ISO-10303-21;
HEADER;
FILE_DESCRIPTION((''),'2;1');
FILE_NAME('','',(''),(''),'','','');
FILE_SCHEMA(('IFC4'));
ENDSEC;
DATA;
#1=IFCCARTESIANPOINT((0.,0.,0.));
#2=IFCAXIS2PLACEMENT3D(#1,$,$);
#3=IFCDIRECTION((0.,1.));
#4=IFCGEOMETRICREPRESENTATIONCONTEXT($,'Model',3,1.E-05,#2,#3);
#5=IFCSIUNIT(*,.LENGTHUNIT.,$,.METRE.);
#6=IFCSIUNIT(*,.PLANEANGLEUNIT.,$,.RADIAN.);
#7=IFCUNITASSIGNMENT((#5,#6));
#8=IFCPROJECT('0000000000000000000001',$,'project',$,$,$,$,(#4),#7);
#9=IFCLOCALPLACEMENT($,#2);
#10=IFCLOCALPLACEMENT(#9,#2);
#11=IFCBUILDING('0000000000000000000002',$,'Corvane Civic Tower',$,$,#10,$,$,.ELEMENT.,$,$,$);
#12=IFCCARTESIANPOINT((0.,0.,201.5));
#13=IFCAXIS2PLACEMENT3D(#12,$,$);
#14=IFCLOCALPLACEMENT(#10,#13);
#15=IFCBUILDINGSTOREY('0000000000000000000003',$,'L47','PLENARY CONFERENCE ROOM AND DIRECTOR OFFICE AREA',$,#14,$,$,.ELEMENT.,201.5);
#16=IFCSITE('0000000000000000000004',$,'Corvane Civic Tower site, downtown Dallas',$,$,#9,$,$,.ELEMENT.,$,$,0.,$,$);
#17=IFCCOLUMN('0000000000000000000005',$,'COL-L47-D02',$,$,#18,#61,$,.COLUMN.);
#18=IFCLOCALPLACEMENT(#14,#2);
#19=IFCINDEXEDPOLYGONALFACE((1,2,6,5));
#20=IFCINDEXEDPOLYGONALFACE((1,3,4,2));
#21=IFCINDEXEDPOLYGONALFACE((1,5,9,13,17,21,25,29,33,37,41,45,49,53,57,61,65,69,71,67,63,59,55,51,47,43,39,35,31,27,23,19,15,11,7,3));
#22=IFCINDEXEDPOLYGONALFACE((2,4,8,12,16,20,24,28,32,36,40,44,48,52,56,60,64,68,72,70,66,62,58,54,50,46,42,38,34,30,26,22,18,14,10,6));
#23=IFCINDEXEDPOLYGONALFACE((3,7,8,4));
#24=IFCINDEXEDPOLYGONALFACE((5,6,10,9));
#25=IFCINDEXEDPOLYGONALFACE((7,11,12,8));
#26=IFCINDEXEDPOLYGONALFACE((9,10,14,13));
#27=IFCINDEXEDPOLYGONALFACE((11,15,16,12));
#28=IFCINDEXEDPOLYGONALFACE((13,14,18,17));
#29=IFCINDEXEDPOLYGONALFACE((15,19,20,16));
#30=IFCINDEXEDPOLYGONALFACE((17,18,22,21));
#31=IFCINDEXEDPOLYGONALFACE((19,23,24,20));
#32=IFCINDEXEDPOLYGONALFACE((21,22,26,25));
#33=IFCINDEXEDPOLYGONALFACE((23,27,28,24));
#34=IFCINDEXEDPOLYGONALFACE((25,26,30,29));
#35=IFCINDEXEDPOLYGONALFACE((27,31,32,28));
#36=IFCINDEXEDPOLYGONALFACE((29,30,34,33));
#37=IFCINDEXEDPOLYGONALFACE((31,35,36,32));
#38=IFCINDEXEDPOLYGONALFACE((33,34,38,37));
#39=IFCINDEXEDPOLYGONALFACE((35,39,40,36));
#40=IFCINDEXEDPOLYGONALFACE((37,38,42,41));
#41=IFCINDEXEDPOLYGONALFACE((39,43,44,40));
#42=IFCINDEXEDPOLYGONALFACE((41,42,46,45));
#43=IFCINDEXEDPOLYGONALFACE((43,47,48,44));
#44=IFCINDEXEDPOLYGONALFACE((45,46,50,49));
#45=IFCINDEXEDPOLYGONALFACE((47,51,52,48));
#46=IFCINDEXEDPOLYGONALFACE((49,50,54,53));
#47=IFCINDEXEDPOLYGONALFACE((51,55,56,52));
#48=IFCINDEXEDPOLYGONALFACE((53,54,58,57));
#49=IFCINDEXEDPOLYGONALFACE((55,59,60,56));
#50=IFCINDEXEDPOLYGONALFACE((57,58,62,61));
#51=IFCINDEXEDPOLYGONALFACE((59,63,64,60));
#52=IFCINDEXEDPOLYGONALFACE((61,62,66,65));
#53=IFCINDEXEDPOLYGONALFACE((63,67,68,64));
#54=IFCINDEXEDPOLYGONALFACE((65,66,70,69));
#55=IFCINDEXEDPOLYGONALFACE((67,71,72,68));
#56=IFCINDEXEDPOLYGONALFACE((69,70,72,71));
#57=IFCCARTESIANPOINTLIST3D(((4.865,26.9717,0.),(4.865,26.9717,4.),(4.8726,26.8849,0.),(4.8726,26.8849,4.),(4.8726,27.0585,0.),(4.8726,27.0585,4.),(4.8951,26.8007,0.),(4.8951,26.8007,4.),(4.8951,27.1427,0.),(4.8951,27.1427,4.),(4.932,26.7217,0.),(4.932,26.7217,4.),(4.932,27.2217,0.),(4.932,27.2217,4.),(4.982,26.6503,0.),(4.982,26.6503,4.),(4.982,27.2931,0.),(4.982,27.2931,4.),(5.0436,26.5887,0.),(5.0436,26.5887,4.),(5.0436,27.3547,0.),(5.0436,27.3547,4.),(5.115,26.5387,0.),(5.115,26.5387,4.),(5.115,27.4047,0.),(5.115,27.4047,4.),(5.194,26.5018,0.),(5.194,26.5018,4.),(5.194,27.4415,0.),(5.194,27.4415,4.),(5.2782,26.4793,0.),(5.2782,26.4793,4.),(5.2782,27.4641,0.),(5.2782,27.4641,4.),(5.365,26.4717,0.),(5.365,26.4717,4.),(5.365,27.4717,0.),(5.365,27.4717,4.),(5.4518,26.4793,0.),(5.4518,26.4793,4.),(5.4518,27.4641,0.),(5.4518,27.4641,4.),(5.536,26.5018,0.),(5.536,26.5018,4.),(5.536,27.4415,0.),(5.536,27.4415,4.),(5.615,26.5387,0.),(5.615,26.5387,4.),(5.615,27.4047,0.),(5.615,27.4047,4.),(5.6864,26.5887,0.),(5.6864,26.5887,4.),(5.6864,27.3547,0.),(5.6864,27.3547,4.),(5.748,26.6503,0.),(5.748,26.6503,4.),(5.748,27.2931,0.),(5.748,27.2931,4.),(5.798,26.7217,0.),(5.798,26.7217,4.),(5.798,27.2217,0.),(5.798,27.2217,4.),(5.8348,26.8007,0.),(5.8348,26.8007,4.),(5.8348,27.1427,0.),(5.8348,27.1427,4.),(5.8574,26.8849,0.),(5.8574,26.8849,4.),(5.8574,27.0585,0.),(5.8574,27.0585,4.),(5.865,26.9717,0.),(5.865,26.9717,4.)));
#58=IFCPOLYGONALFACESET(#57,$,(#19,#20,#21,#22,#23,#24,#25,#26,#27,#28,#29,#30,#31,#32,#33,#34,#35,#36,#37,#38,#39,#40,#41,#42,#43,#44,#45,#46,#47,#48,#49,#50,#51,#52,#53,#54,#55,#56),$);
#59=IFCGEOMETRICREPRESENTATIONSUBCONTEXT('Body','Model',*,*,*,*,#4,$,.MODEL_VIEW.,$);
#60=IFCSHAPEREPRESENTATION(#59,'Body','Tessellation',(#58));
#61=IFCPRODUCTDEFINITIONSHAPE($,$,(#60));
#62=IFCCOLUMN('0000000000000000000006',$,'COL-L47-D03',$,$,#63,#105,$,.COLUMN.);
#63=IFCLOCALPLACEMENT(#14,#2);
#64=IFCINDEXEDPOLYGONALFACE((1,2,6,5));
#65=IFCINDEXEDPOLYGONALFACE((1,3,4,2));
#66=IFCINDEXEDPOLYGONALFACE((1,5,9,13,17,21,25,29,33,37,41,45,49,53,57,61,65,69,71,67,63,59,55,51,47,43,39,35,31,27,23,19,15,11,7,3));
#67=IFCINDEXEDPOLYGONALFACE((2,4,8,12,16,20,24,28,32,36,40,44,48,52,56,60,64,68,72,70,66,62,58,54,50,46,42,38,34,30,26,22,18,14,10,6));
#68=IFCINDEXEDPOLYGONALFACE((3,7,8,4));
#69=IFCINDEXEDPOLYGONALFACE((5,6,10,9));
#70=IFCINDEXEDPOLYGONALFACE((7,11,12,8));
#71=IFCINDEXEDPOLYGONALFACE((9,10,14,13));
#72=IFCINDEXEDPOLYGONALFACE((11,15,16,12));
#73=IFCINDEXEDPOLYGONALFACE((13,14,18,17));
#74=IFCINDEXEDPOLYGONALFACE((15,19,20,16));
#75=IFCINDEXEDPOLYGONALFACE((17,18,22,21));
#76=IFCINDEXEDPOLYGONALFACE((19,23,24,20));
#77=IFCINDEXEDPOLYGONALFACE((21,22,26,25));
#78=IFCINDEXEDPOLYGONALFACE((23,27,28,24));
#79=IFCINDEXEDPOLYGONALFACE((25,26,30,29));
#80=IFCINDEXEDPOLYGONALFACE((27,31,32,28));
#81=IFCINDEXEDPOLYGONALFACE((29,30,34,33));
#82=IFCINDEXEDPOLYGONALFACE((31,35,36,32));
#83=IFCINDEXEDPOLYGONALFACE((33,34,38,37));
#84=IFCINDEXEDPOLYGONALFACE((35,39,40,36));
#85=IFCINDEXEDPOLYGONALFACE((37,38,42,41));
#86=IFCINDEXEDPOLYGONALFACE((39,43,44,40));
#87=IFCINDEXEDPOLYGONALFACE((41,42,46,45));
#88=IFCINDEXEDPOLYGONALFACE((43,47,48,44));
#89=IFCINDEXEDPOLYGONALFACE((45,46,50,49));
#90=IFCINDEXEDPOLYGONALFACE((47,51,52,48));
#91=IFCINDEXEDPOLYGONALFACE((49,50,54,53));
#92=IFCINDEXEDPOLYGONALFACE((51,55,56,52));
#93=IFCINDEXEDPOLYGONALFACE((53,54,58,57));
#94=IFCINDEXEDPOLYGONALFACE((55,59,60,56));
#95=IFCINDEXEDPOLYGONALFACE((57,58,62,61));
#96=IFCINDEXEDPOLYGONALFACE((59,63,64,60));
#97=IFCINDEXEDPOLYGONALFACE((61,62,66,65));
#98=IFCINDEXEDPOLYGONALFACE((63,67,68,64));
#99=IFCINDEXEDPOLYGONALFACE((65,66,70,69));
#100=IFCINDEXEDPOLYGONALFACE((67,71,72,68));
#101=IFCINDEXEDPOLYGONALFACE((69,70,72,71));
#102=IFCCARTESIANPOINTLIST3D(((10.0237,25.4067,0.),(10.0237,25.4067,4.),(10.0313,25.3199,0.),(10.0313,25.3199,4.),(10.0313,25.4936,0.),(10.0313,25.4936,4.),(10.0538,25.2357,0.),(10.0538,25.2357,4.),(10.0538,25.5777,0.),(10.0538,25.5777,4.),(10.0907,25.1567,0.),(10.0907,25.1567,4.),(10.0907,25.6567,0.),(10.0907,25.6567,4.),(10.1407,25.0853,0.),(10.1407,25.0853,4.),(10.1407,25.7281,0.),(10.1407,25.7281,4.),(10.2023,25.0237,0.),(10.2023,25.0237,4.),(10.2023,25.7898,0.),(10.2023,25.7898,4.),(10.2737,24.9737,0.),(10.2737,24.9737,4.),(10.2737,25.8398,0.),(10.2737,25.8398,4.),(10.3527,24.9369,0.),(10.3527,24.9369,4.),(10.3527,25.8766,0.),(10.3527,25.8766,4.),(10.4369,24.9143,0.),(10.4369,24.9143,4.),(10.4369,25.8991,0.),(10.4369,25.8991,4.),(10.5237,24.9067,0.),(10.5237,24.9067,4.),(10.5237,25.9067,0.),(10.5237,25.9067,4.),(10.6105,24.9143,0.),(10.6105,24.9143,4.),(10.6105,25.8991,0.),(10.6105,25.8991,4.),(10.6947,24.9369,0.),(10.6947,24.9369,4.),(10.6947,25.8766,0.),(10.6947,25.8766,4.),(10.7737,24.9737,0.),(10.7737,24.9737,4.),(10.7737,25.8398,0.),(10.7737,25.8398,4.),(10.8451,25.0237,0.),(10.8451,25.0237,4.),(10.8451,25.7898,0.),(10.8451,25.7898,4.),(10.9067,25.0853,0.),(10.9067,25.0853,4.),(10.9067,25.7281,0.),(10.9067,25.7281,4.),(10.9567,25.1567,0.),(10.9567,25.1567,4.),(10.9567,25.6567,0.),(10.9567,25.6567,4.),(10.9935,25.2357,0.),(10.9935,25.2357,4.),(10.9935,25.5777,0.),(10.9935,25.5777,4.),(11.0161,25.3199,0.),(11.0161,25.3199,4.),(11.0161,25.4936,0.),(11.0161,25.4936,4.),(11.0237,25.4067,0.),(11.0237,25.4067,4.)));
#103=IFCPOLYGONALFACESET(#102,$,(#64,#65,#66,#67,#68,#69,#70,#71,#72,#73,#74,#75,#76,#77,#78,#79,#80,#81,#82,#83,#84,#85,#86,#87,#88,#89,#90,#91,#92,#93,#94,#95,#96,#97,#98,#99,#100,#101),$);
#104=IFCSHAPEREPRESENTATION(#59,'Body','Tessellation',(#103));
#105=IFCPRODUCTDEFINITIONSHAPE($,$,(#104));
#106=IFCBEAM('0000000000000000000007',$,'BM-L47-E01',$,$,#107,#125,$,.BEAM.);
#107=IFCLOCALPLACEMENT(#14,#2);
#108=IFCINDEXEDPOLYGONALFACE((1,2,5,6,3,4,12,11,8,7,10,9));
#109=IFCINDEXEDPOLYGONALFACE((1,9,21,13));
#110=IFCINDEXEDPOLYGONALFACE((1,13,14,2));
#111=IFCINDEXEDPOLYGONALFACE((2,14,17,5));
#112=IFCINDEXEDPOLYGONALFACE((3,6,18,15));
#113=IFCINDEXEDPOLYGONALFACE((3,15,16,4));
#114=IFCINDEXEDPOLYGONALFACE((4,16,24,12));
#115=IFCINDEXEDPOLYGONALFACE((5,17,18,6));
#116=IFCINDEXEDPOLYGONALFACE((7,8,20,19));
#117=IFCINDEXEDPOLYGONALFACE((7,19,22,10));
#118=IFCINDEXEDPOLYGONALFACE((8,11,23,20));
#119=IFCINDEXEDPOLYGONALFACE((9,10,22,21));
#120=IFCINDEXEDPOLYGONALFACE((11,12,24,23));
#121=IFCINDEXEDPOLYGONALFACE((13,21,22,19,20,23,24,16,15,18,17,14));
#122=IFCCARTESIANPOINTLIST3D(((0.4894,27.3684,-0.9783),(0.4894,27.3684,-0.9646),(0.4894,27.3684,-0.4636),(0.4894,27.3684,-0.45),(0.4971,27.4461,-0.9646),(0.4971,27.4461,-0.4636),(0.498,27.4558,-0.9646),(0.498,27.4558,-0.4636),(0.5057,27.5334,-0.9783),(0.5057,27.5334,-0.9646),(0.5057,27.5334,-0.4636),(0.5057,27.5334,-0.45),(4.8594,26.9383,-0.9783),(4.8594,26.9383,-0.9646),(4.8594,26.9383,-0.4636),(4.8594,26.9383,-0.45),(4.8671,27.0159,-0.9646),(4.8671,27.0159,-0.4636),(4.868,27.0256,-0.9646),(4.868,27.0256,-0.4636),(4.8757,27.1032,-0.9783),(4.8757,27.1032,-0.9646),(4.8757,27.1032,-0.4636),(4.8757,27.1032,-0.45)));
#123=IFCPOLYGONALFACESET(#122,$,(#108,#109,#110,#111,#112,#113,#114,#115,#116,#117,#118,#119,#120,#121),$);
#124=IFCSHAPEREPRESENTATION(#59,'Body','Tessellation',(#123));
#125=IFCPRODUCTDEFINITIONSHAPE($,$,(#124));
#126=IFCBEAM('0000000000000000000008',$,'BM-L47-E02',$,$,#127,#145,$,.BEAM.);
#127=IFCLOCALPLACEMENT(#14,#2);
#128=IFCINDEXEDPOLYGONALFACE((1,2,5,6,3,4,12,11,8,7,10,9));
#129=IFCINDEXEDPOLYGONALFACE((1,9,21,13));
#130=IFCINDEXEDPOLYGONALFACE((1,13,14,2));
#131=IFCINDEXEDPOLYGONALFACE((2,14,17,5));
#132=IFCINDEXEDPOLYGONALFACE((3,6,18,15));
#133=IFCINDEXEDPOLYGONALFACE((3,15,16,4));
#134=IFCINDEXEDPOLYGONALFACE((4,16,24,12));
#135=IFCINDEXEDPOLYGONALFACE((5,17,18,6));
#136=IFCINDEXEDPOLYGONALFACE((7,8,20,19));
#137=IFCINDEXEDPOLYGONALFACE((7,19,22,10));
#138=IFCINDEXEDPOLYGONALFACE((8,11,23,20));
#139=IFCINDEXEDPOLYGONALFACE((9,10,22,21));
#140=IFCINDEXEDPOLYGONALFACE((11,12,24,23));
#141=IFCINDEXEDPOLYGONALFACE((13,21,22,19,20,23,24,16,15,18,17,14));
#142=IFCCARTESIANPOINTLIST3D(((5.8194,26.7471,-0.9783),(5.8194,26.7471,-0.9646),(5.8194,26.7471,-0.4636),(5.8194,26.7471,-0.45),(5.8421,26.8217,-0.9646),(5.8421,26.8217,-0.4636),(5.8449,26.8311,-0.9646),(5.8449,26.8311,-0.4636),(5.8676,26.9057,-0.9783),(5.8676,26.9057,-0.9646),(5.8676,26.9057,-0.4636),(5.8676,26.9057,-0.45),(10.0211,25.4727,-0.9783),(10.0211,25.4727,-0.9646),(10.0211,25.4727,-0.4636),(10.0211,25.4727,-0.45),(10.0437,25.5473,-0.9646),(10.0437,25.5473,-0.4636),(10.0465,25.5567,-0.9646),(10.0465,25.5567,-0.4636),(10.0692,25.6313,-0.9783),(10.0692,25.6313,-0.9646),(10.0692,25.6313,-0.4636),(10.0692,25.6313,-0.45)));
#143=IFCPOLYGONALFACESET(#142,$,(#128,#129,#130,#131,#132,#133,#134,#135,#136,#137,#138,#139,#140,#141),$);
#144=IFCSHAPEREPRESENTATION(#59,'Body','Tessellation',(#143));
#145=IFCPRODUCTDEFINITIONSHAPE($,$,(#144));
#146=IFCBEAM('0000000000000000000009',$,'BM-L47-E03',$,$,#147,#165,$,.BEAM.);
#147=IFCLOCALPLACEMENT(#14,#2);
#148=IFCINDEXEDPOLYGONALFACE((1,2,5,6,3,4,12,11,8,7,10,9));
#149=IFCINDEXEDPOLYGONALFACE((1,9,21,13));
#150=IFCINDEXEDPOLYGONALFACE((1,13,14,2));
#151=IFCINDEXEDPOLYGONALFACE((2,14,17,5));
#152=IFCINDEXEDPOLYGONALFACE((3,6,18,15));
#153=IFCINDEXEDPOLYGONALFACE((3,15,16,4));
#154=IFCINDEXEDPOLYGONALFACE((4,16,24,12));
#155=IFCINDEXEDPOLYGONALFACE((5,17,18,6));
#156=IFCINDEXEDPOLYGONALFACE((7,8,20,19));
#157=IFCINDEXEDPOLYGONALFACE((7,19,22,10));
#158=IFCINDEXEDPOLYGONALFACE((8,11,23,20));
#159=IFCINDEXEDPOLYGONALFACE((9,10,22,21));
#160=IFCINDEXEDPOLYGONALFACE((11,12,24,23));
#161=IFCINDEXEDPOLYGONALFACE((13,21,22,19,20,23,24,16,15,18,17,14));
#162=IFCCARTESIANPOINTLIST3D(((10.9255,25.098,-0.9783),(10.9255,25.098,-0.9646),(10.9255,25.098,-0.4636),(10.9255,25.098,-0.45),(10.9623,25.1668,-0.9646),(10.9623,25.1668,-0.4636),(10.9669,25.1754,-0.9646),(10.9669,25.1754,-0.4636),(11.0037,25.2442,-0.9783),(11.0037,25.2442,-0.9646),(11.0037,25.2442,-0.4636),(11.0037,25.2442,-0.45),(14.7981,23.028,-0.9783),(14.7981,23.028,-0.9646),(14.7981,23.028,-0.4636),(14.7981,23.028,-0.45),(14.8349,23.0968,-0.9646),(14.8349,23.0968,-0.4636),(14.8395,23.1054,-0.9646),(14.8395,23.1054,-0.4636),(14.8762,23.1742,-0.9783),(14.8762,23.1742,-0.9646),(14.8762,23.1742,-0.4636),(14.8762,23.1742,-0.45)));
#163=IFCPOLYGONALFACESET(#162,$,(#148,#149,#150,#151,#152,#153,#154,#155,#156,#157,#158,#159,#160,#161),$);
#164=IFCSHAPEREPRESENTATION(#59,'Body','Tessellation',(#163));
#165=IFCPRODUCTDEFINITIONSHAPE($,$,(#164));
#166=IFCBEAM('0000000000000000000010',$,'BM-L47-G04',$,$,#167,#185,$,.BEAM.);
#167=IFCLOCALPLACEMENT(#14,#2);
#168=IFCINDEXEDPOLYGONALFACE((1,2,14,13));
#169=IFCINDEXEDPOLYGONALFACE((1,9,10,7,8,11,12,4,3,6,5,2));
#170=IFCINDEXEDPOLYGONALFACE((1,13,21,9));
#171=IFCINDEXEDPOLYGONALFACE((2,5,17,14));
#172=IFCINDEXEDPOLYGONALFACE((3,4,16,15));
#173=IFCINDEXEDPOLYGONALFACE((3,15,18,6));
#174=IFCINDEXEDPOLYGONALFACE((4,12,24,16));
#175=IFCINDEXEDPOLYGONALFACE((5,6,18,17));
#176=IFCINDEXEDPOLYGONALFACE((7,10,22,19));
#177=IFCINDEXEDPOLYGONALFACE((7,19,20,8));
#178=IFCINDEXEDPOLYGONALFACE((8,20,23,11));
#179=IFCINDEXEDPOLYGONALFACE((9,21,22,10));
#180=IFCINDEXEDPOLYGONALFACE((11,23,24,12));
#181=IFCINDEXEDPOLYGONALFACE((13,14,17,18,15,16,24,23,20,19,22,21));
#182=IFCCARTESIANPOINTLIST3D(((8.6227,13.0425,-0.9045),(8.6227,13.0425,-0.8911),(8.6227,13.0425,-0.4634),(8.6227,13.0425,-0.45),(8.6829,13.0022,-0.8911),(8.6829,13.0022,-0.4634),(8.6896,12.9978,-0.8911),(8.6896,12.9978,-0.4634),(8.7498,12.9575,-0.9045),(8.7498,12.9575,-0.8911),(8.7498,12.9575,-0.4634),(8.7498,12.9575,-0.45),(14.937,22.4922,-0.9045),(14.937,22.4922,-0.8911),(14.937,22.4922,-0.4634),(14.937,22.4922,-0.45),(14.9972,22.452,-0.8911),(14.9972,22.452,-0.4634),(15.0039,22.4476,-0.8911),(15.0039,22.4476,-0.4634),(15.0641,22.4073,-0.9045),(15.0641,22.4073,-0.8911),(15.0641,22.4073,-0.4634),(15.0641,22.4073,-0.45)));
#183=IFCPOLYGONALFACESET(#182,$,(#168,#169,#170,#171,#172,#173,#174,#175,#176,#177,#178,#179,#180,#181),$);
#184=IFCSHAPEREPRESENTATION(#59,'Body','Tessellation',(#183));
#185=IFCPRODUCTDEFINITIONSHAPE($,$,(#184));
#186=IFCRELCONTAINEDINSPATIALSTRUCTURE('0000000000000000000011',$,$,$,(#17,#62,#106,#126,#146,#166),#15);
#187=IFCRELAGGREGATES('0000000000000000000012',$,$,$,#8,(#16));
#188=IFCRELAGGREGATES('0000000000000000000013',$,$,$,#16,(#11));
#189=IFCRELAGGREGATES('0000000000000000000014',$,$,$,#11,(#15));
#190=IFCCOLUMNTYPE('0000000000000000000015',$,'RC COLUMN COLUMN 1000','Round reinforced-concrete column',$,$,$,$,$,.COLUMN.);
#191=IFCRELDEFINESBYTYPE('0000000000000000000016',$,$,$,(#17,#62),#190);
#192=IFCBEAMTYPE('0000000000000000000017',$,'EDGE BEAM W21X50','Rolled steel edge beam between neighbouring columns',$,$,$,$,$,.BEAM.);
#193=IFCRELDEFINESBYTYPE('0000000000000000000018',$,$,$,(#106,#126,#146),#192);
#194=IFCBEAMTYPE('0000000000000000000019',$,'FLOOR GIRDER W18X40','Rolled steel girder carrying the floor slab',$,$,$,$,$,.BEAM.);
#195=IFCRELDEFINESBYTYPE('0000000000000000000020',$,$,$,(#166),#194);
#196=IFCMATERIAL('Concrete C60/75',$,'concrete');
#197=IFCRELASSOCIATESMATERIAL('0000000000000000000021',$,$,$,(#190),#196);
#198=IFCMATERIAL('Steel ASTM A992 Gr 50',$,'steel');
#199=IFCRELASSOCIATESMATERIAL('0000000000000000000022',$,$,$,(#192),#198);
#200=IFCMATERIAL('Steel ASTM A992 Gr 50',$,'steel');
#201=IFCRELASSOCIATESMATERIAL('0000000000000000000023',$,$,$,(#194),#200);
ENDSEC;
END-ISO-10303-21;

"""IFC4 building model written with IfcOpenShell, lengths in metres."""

from ifc_helpers import new_model, si_unit, direction, frame, origin, origin_2d, place, context, subcontext, project, spatial, circle, i_section, extrude, material, material_profile, profile_set, type_object, element, save


model = new_model("IFC4")

# Units and contexts
model_context = context("Model", 3, precision=1e-05, world=origin(), true_north=direction((0.0, 1.0)))
body_context = subcontext(model_context, "Body", "Model", "MODEL_VIEW")
ifc_project = project(units=[si_unit("LENGTHUNIT", "METRE"), si_unit("PLANEANGLEUNIT", "RADIAN")], contexts=[model_context])

# Site, building, storey
site_placement = place(None, origin())
site = spatial("IfcSite", under=ifc_project, at=site_placement, Name="Corvane Civic Tower site, downtown Dallas", CompositionType="ELEMENT", RefElevation=0.0)
building_placement = place(site_placement, origin())
building = spatial("IfcBuilding", under=site, at=building_placement, Name="Corvane Civic Tower", CompositionType="ELEMENT")
storey_placement = place(building_placement, frame((0.0, 0.0, 201.5)))
storey = spatial("IfcBuildingStorey", under=building, at=storey_placement, Name="L47", Description="PLENARY CONFERENCE ROOM AND DIRECTOR OFFICE AREA", CompositionType="ELEMENT", Elevation=201.5)

# Columns
ifc_material_1 = material(Name="Concrete C60/75", Category="concrete")
ifc_material_profile_1 = material_profile(ifc_material_1, circle(Radius=0.5, at=origin_2d()), Name="COLUMN 1000")
ifc_profile_set_1 = profile_set([ifc_material_profile_1], Name="Concrete C60/75")
column_type = type_object("IfcColumnType", Name="RC COLUMN COLUMN 1000", Description="Round reinforced-concrete column", PredefinedType="COLUMN", material=ifc_profile_set_1)
for number, where, z_axis, x_axis, name in (
    (1, (5.365, 26.9717, 0.0), (0.0, 0.0, 1.0), (1.0, 0.0, 0.0), "COL-L47-D02"),
    (2, (10.5237, 25.4067, 0.0), (0.0, 0.0, 1.0), (1.0, 0.0, 0.0), "COL-L47-D03"),
):
    element("IfcColumn", number, at=place(storey_placement, frame(where, z_axis=z_axis, x_axis=x_axis)), inside=storey, type_object=column_type, Name=name, PredefinedType="COLUMN", context=body_context, shape_type="SweptSolid", body=[
        extrude(circle(Radius=0.5, at=origin_2d()), origin(), (0.0, 0.0, 1.0), 4.0),
    ])

# Beams
ifc_material_2 = material(Name="Steel ASTM A992 Gr 50", Category="steel")
ifc_material_profile_2 = material_profile(ifc_material_2, i_section(OverallWidth=0.1658, OverallDepth=0.5283, WebThickness=0.0098, FlangeThickness=0.0137, at=origin_2d()), Name="W21X50")
ifc_profile_set_2 = profile_set([ifc_material_profile_2], Name="Steel ASTM A992 Gr 50")
beam_type_1 = type_object("IfcBeamType", Name="EDGE BEAM W21X50", Description="Rolled steel edge beam between neighbouring columns", PredefinedType="BEAM", material=ifc_profile_set_2)
beam_1_placement = place(storey_placement, frame((0.4976, 27.4509, -0.7141), z_axis=(0.99519, -0.097968, 0.0), x_axis=(0.097968, 0.99519, 0.0)))
element("IfcBeam", 3, at=beam_1_placement, inside=storey, type_object=beam_type_1, Name="BM-L47-E01", PredefinedType="BEAM", context=body_context, shape_type="SweptSolid", body=[
    extrude(i_section(OverallWidth=0.1658, OverallDepth=0.5283, WebThickness=0.0098, FlangeThickness=0.0137, at=origin_2d()), origin(), (0.0, 0.0, 1.0), 4.3911),
])
beam_2_placement = place(storey_placement, frame((5.8435, 26.8264, -0.7141), z_axis=(0.95695, -0.290254, 0.0), x_axis=(0.290254, 0.95695, 0.0)))
element("IfcBeam", 4, at=beam_2_placement, inside=storey, type_object=beam_type_1, Name="BM-L47-E02", PredefinedType="BEAM", context=body_context, shape_type="SweptSolid", body=[
    extrude(i_section(OverallWidth=0.1658, OverallDepth=0.5283, WebThickness=0.0098, FlangeThickness=0.0137, at=origin_2d()), origin(), (0.0, 0.0, 1.0), 4.3906),
])
beam_3_placement = place(storey_placement, frame((10.9646, 25.1711, -0.7141), z_axis=(0.881908, -0.471422, 0.0), x_axis=(0.471422, 0.881908, 0.0)))
element("IfcBeam", 5, at=beam_3_placement, inside=storey, type_object=beam_type_1, Name="BM-L47-E03", PredefinedType="BEAM", context=body_context, shape_type="SweptSolid", body=[
    extrude(i_section(OverallWidth=0.1658, OverallDepth=0.5283, WebThickness=0.0098, FlangeThickness=0.0137, at=origin_2d()), origin(), (0.0, 0.0, 1.0), 4.3911),
])
ifc_material_3 = material(Name="Steel ASTM A992 Gr 50", Category="steel")
ifc_material_profile_3 = material_profile(ifc_material_3, i_section(OverallWidth=0.1528, OverallDepth=0.4546, WebThickness=0.0081, FlangeThickness=0.0134, at=origin_2d()), Name="W18X40")
ifc_profile_set_3 = profile_set([ifc_material_profile_3], Name="Steel ASTM A992 Gr 50")
beam_type_2 = type_object("IfcBeamType", Name="FLOOR GIRDER W18X40", Description="Rolled steel girder carrying the floor slab", PredefinedType="BEAM", material=ifc_profile_set_3)
beam_4_placement = place(storey_placement, frame((8.6863, 13.0, -0.6772), z_axis=(0.555577, 0.831465, 0.0), x_axis=(-0.831465, 0.555577, 0.0)))
element("IfcBeam", 6, at=beam_4_placement, inside=storey, type_object=beam_type_2, Name="BM-L47-G04", PredefinedType="BEAM", context=body_context, shape_type="SweptSolid", body=[
    extrude(i_section(OverallWidth=0.1528, OverallDepth=0.4546, WebThickness=0.0081, FlangeThickness=0.0134, at=origin_2d()), origin(), (0.0, 0.0, 1.0), 11.3652),
])

save(model, "model.ifc")
